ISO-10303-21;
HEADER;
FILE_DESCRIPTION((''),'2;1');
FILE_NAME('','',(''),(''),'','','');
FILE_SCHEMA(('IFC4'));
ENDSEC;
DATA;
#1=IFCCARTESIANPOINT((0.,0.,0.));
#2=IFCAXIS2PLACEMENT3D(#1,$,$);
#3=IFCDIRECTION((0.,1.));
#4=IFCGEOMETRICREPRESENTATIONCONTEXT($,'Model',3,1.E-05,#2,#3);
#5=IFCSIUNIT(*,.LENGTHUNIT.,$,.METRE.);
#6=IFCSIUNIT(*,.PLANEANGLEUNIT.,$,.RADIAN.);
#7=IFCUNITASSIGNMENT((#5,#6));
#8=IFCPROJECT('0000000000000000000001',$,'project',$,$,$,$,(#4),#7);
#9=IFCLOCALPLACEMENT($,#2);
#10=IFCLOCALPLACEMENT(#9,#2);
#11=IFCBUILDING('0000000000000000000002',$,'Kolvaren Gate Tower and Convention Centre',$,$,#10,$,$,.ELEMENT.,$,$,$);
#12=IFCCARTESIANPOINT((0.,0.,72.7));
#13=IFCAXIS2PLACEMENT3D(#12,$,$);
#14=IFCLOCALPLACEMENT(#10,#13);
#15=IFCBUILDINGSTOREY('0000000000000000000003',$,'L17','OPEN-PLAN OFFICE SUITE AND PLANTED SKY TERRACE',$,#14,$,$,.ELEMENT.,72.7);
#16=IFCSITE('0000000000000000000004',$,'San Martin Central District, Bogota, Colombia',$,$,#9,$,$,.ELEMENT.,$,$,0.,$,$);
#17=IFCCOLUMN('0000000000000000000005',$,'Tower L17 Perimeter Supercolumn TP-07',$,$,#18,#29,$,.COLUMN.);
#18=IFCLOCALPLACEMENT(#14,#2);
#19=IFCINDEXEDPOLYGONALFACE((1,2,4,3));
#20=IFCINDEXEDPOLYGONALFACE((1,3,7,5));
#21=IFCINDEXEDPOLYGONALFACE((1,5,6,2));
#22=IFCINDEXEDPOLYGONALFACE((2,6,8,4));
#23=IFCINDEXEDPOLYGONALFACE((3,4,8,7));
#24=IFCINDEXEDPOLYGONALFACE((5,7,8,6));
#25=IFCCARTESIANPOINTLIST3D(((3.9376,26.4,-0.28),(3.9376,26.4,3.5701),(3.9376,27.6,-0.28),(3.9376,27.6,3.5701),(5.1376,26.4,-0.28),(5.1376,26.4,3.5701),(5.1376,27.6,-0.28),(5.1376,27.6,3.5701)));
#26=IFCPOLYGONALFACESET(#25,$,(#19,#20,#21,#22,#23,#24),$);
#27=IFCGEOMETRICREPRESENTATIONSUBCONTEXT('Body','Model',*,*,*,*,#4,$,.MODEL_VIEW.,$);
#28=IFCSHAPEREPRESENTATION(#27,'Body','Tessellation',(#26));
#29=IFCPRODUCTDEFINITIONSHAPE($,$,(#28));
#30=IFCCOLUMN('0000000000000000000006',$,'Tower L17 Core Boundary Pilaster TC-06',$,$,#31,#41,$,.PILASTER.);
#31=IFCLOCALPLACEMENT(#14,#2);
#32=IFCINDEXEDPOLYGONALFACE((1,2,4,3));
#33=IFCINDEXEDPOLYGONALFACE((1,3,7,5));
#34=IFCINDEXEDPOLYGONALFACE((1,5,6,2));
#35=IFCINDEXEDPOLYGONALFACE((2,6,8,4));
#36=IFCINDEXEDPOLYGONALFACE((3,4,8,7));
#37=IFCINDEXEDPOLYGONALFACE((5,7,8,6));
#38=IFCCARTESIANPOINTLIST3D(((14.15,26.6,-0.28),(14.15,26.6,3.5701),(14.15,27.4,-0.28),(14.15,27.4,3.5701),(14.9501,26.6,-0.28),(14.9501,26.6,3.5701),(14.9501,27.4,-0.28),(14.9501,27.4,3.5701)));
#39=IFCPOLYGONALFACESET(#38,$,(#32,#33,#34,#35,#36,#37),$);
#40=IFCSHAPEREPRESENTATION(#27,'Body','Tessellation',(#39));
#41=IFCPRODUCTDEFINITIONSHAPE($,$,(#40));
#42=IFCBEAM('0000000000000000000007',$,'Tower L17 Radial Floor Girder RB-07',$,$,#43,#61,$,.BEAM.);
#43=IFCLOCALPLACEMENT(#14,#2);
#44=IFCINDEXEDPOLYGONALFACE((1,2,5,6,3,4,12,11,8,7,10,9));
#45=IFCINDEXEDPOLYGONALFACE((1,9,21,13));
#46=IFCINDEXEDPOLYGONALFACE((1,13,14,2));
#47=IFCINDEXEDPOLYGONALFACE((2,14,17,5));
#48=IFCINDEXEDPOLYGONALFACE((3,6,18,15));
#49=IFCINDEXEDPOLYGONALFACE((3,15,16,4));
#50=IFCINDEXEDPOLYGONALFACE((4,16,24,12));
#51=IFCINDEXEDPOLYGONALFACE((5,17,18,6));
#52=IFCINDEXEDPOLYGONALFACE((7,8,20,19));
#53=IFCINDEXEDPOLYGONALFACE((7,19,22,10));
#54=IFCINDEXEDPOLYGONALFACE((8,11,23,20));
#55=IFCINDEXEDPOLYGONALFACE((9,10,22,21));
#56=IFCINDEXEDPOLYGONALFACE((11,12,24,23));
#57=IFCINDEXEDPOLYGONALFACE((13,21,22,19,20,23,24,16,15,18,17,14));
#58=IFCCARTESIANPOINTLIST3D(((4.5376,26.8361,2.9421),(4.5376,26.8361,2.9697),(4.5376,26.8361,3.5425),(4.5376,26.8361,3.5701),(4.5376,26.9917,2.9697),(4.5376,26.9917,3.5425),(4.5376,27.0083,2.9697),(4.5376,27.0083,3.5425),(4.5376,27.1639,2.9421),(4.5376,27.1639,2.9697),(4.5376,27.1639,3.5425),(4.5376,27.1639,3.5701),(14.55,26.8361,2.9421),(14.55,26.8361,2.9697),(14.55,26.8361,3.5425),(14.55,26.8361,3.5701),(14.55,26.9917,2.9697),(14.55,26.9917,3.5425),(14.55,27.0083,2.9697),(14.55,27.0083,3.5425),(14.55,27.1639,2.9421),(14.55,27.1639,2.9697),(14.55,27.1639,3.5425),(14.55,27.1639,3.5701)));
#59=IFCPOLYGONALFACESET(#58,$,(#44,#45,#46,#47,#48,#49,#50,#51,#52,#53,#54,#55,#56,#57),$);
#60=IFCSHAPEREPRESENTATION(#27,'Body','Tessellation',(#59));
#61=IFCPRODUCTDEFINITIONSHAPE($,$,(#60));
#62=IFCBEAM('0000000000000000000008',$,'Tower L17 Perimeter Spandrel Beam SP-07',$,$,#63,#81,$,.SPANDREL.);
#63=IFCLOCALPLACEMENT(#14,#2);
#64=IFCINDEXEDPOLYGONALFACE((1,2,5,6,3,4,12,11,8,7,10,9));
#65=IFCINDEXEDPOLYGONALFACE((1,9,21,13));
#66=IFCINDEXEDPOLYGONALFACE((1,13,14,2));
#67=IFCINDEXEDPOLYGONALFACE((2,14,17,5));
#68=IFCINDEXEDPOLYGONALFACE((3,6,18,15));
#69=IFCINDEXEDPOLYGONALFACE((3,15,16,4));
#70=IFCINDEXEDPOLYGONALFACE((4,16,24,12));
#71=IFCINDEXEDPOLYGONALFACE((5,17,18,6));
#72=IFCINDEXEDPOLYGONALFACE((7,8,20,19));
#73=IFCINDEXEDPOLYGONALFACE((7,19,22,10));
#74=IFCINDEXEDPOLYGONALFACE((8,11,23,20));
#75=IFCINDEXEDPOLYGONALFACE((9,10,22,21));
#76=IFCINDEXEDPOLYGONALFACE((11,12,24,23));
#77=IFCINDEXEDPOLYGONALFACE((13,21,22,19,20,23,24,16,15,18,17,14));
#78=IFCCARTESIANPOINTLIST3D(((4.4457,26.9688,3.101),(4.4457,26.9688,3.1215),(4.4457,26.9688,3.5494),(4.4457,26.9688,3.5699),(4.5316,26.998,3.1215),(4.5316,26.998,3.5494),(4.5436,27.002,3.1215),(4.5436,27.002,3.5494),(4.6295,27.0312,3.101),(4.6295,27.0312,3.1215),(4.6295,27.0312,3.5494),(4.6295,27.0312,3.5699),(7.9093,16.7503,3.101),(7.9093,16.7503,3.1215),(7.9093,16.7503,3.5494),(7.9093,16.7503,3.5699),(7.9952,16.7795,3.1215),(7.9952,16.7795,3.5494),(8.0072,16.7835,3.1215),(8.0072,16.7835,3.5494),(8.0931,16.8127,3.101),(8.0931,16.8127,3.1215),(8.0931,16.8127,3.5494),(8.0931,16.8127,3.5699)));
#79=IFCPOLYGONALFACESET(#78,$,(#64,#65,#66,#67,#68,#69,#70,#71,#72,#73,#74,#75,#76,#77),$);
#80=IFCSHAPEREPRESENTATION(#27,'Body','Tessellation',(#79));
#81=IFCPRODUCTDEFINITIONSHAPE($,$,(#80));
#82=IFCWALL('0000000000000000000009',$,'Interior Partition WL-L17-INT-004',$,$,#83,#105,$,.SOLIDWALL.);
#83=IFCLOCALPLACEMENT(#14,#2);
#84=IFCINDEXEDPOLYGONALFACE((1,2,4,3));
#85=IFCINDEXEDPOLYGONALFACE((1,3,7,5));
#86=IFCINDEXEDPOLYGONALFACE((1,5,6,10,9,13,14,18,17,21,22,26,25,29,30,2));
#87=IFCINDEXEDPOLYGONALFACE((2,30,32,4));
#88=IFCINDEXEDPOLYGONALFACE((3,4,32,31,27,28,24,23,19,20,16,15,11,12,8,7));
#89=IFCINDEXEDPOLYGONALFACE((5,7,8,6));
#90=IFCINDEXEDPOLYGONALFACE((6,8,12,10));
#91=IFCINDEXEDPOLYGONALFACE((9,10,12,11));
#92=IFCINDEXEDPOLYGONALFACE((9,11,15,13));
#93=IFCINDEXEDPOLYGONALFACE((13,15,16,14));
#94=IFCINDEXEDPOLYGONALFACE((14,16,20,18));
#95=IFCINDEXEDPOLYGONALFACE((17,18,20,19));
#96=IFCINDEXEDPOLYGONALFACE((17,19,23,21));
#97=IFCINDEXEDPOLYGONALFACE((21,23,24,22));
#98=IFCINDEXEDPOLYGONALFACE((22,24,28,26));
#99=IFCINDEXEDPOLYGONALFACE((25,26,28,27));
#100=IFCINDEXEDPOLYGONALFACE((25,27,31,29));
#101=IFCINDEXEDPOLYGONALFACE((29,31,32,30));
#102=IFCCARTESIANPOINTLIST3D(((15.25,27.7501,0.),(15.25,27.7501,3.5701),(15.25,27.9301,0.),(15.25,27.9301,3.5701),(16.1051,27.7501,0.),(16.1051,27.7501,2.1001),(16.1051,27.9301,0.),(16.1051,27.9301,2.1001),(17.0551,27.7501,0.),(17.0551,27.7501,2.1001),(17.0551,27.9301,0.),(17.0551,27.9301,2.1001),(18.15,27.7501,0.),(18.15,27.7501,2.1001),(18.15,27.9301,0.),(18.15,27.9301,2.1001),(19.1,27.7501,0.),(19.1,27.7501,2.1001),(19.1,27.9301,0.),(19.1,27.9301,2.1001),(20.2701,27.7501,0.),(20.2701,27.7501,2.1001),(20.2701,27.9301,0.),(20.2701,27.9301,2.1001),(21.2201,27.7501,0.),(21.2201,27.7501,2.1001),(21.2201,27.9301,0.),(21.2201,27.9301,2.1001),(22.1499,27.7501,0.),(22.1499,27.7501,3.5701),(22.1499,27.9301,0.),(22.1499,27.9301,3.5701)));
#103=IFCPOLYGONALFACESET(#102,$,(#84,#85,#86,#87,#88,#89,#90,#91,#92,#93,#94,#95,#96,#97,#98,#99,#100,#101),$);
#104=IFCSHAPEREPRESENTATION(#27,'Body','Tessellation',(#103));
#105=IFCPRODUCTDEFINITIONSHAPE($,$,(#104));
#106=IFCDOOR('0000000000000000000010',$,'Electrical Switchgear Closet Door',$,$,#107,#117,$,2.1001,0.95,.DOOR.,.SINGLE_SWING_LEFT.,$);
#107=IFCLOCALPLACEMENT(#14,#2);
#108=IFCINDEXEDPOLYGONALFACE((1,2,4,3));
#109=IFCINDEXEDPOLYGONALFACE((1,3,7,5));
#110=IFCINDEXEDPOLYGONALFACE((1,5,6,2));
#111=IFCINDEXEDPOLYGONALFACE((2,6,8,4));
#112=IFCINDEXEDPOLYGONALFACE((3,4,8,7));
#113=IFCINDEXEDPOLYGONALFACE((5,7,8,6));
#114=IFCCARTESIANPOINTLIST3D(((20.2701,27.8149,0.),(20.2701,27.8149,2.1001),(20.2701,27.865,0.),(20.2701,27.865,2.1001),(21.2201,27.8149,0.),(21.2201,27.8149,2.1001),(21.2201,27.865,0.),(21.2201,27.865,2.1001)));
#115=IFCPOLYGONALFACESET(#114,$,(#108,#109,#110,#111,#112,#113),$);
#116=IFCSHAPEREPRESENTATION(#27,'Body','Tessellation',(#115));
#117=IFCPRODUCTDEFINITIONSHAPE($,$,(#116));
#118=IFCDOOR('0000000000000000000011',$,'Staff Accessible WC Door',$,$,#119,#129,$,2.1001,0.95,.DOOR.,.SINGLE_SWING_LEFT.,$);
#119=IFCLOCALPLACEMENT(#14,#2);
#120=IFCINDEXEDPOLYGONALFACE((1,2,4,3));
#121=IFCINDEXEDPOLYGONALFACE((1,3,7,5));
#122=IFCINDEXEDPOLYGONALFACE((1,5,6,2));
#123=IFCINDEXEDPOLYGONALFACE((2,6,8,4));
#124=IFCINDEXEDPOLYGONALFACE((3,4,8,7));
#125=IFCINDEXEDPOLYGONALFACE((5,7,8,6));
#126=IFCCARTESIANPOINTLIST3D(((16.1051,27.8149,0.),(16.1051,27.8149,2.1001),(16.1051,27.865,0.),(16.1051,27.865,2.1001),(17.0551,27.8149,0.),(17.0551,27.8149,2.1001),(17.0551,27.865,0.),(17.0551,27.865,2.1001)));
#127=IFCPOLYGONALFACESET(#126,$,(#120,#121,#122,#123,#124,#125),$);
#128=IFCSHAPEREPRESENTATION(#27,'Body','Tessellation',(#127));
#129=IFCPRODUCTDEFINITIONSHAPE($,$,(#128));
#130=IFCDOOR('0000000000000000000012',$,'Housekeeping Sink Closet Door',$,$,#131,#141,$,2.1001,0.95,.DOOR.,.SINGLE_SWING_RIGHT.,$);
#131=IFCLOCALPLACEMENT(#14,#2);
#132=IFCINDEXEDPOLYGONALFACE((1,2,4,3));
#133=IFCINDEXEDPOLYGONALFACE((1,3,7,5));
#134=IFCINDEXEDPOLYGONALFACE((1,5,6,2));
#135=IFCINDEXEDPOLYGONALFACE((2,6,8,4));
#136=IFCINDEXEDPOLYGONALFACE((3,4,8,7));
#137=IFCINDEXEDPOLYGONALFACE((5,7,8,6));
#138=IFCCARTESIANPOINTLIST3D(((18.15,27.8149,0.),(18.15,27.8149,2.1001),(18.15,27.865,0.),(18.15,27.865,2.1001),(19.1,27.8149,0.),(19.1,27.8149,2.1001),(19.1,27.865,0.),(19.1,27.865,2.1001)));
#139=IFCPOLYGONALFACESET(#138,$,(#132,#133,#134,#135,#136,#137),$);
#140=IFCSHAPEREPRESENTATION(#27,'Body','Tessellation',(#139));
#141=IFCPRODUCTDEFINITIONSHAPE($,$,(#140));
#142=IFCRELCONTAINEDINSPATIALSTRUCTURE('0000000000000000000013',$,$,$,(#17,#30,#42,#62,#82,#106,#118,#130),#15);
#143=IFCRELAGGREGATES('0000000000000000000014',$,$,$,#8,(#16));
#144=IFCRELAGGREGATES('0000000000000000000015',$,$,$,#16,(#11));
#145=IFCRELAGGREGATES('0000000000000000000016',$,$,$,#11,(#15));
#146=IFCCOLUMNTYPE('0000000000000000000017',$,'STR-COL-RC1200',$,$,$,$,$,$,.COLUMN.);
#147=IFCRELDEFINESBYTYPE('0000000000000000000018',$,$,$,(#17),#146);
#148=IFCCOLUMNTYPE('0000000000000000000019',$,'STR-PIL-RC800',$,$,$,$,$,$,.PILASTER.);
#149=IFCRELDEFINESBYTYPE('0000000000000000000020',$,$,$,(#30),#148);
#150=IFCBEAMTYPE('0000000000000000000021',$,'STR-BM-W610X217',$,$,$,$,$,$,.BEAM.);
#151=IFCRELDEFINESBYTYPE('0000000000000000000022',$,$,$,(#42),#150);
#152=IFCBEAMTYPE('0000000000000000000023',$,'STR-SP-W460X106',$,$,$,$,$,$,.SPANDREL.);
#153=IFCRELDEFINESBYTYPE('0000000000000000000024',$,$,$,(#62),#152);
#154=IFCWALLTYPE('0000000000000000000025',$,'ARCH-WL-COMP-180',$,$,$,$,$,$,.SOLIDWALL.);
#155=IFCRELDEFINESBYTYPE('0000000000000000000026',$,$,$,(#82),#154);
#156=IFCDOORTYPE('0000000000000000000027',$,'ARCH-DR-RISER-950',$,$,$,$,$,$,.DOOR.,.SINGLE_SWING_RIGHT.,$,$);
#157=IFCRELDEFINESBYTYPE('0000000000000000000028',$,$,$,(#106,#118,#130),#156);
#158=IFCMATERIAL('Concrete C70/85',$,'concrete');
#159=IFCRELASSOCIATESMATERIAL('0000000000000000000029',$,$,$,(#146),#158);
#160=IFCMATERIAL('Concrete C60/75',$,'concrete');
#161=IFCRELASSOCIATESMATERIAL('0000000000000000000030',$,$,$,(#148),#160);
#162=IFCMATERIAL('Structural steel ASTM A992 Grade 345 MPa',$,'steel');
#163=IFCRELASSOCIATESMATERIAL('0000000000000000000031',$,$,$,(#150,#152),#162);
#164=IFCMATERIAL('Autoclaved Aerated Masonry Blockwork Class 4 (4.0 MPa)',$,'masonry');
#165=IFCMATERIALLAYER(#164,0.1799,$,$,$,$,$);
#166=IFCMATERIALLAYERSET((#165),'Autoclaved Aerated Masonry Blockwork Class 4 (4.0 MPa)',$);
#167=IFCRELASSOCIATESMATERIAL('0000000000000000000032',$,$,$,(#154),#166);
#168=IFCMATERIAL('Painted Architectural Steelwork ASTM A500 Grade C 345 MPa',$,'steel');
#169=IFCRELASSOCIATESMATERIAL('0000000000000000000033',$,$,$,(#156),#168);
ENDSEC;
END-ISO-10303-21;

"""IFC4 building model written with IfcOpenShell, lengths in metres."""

from ifc_helpers import new_model, si_unit, direction, frame, frame_2d, origin, origin_2d, place, context, subcontext, project, spatial, rectangle, i_section, extrude, material, layer, layer_set, material_profile, profile_set, type_object, element, fill, save


model = new_model("IFC4")

# Units and contexts
model_context = context("Model", 3, precision=1e-05, world=origin(), true_north=direction((0.0, 1.0)))
body_context = subcontext(model_context, "Body", "Model", "MODEL_VIEW")
ifc_project = project(units=[si_unit("LENGTHUNIT", "METRE"), si_unit("PLANEANGLEUNIT", "RADIAN")], contexts=[model_context])

# Site, building, storey
site_placement = place(None, origin())
site = spatial("IfcSite", under=ifc_project, at=site_placement, Name="San Martin Central District, Bogota, Colombia", CompositionType="ELEMENT", RefElevation=0.0)
building_placement = place(site_placement, origin())
building = spatial("IfcBuilding", under=site, at=building_placement, Name="Kolvaren Gate Tower and Convention Centre", CompositionType="ELEMENT")
storey_placement = place(building_placement, frame((0.0, 0.0, 72.7)))
storey = spatial("IfcBuildingStorey", under=building, at=storey_placement, Name="L17", Description="OPEN-PLAN OFFICE SUITE AND PLANTED SKY TERRACE", CompositionType="ELEMENT", Elevation=72.7)

# Columns
ifc_material_1 = material(Name="Concrete C70/85", Category="concrete")
ifc_material_profile_1 = material_profile(ifc_material_1, rectangle(XDim=1.2, YDim=1.2, at=origin_2d()), Name="RC-COL-1200X1200")
ifc_profile_set_1 = profile_set([ifc_material_profile_1], Name="Concrete C70/85")
column_type_1 = type_object("IfcColumnType", Name="STR-COL-RC1200", PredefinedType="COLUMN", material=ifc_profile_set_1)
column_1_placement = place(storey_placement, frame((4.5376, 27.0, -0.28), z_axis=(0.0, 0.0, 1.0), x_axis=(1.0, 0.0, 0.0)))
element("IfcColumn", 1, at=column_1_placement, inside=storey, type_object=column_type_1, Name="Tower L17 Perimeter Supercolumn TP-07", PredefinedType="COLUMN", context=body_context, shape_type="SweptSolid", body=[
    extrude(rectangle(XDim=1.2, YDim=1.2, at=origin_2d()), origin(), (0.0, 0.0, 1.0), 3.8501),
])
ifc_material_2 = material(Name="Concrete C60/75", Category="concrete")
ifc_material_profile_2 = material_profile(ifc_material_2, rectangle(XDim=0.8, YDim=0.8, at=origin_2d()), Name="RC-COL-800X800")
ifc_profile_set_2 = profile_set([ifc_material_profile_2], Name="Concrete C60/75")
column_type_2 = type_object("IfcColumnType", Name="STR-PIL-RC800", PredefinedType="PILASTER", material=ifc_profile_set_2)
column_2_placement = place(storey_placement, frame((14.55, 27.0, -0.28), z_axis=(0.0, 0.0, 1.0), x_axis=(1.0, 0.0, 0.0)))
element("IfcColumn", 2, at=column_2_placement, inside=storey, type_object=column_type_2, Name="Tower L17 Core Boundary Pilaster TC-06", PredefinedType="PILASTER", context=body_context, shape_type="SweptSolid", body=[
    extrude(rectangle(XDim=0.8, YDim=0.8, at=origin_2d()), origin(), (0.0, 0.0, 1.0), 3.8501),
])

# Beams
ifc_material_3 = material(Name="Structural steel ASTM A992 Grade 345 MPa", Category="steel")
ifc_material_profile_3 = material_profile(ifc_material_3, i_section(OverallWidth=0.3279, OverallDepth=0.6279, WebThickness=0.0166, FlangeThickness=0.0276, at=origin_2d()), Name="W610X217")
ifc_profile_set_3 = profile_set([ifc_material_profile_3], Name="Structural steel ASTM A992 Grade 345 MPa")
beam_type_1 = type_object("IfcBeamType", Name="STR-BM-W610X217", PredefinedType="BEAM", material=ifc_profile_set_3)
beam_1_placement = place(storey_placement, frame((14.55, 27.0, 3.2561), z_axis=(-1.0, 0.0, 0.0), x_axis=(0.0, -1.0, 0.0)))
element("IfcBeam", 3, at=beam_1_placement, inside=storey, type_object=beam_type_1, Name="Tower L17 Radial Floor Girder RB-07", PredefinedType="BEAM", context=body_context, shape_type="SweptSolid", body=[
    extrude(i_section(OverallWidth=0.3279, OverallDepth=0.6279, WebThickness=0.0166, FlangeThickness=0.0276, at=origin_2d()), origin(), (0.0, 0.0, 1.0), 10.0125),
])
ifc_material_profile_4 = material_profile(ifc_material_3, i_section(OverallWidth=0.1941, OverallDepth=0.469, WebThickness=0.0127, FlangeThickness=0.0205, at=origin_2d()), Name="W460X106")
ifc_profile_set_4 = profile_set([ifc_material_profile_4], Name="Structural steel ASTM A992 Grade 345 MPa")
beam_type_2 = type_object("IfcBeamType", Name="STR-SP-W460X106", PredefinedType="SPANDREL", material=ifc_profile_set_4)
beam_2_placement = place(storey_placement, frame((4.5376, 27.0, 3.3354), z_axis=(0.321016, -0.947074, 0.0), x_axis=(0.947074, 0.321016, 0.0)))
element("IfcBeam", 4, at=beam_2_placement, inside=storey, type_object=beam_type_2, Name="Tower L17 Perimeter Spandrel Beam SP-07", PredefinedType="SPANDREL", context=body_context, shape_type="SweptSolid", body=[
    extrude(i_section(OverallWidth=0.1941, OverallDepth=0.469, WebThickness=0.0127, FlangeThickness=0.0205, at=origin_2d()), origin(), (0.0, 0.0, 1.0), 10.7896),
])

# Wall, openings, doors
ifc_material_4 = material(Name="Autoclaved Aerated Masonry Blockwork Class 4 (4.0 MPa)", Category="masonry")
ifc_layer_1 = layer(ifc_material_4, 0.1799)
ifc_layer_set_1 = layer_set([ifc_layer_1], Name="Autoclaved Aerated Masonry Blockwork Class 4 (4.0 MPa)")
wall_type_1 = type_object("IfcWallType", Name="ARCH-WL-COMP-180", PredefinedType="SOLIDWALL", material=ifc_layer_set_1)
wall_1_placement = place(storey_placement, frame((15.25, 27.8401, 0.0), z_axis=(0.0, 0.0, 1.0), x_axis=(1.0, 0.0, 0.0)))
wall_1 = element("IfcWall", 5, at=wall_1_placement, inside=storey, type_object=wall_type_1, Name="Interior Partition WL-L17-INT-004", PredefinedType="SOLIDWALL", context=body_context, shape_type="SweptSolid", body=[
    extrude(rectangle(XDim=6.8999, YDim=0.1799, at=frame_2d((3.45, 0.0))), origin(), (0.0, 0.0, 1.0), 3.5701),
])
opening_1_placement = place(wall_1_placement, frame((5.02, 0.0, 0.0)))
opening_1 = element("IfcOpeningElement", 6, at=opening_1_placement, cuts=wall_1, PredefinedType="OPENING", context=body_context, shape_type="SweptSolid", body=[
    extrude(rectangle(XDim=0.95, YDim=2.1001, at=frame_2d((0.4751, 1.05))), frame((0.0, 0.0999, 0.0), z_axis=(0.0, -1.0, 0.0), x_axis=(1.0, 0.0, 0.0)), (0.0, 0.0, 1.0), 0.2),
])
opening_2_placement = place(wall_1_placement, frame((0.855, 0.0, 0.0)))
opening_2 = element("IfcOpeningElement", 7, at=opening_2_placement, cuts=wall_1, PredefinedType="OPENING", context=body_context, shape_type="SweptSolid", body=[
    extrude(rectangle(XDim=0.95, YDim=2.1001, at=frame_2d((0.4751, 1.05))), frame((0.0, 0.0999, 0.0), z_axis=(0.0, -1.0, 0.0), x_axis=(1.0, 0.0, 0.0)), (0.0, 0.0, 1.0), 0.2),
])
opening_3_placement = place(wall_1_placement, frame((2.8999, 0.0, 0.0)))
opening_3 = element("IfcOpeningElement", 8, at=opening_3_placement, cuts=wall_1, PredefinedType="OPENING", context=body_context, shape_type="SweptSolid", body=[
    extrude(rectangle(XDim=0.95, YDim=2.1001, at=frame_2d((0.4751, 1.05))), frame((0.0, 0.0999, 0.0), z_axis=(0.0, -1.0, 0.0), x_axis=(1.0, 0.0, 0.0)), (0.0, 0.0, 1.0), 0.2),
])
ifc_material_5 = material(Name="Painted Architectural Steelwork ASTM A500 Grade C 345 MPa", Category="steel")
door_type_1 = type_object("IfcDoorType", Name="ARCH-DR-RISER-950", OperationType="SINGLE_SWING_RIGHT", PredefinedType="DOOR", material=ifc_material_5)
door_1_placement = place(opening_1_placement, origin())
door_1 = element("IfcDoor", 9, at=door_1_placement, inside=storey, type_object=door_type_1, Name="Electrical Switchgear Closet Door", OperationType="SINGLE_SWING_LEFT", OverallHeight=2.1001, OverallWidth=0.95, PredefinedType="DOOR", context=body_context, shape_type="SweptSolid", body=[
    extrude(rectangle(XDim=0.95, YDim=2.1001, at=frame_2d((0.4751, 1.05))), frame((0.0, 0.0249, 0.0), z_axis=(0.0, -1.0, 0.0), x_axis=(1.0, 0.0, 0.0)), (0.0, 0.0, 1.0), 0.05),
])
fill(opening_1, door_1)
door_2_placement = place(opening_2_placement, origin())
door_2 = element("IfcDoor", 10, at=door_2_placement, inside=storey, type_object=door_type_1, Name="Staff Accessible WC Door", OperationType="SINGLE_SWING_LEFT", OverallHeight=2.1001, OverallWidth=0.95, PredefinedType="DOOR", context=body_context, shape_type="SweptSolid", body=[
    extrude(rectangle(XDim=0.95, YDim=2.1001, at=frame_2d((0.4751, 1.05))), frame((0.0, 0.0249, 0.0), z_axis=(0.0, -1.0, 0.0), x_axis=(1.0, 0.0, 0.0)), (0.0, 0.0, 1.0), 0.05),
])
fill(opening_2, door_2)
door_3_placement = place(opening_3_placement, origin())
door_3 = element("IfcDoor", 11, at=door_3_placement, inside=storey, type_object=door_type_1, Name="Housekeeping Sink Closet Door", OperationType="SINGLE_SWING_RIGHT", OverallHeight=2.1001, OverallWidth=0.95, PredefinedType="DOOR", context=body_context, shape_type="SweptSolid", body=[
    extrude(rectangle(XDim=0.95, YDim=2.1001, at=frame_2d((0.4751, 1.05))), frame((0.0, 0.0249, 0.0), z_axis=(0.0, -1.0, 0.0), x_axis=(1.0, 0.0, 0.0)), (0.0, 0.0, 1.0), 0.05),
])
fill(opening_3, door_3)

save(model, "model.ifc")
